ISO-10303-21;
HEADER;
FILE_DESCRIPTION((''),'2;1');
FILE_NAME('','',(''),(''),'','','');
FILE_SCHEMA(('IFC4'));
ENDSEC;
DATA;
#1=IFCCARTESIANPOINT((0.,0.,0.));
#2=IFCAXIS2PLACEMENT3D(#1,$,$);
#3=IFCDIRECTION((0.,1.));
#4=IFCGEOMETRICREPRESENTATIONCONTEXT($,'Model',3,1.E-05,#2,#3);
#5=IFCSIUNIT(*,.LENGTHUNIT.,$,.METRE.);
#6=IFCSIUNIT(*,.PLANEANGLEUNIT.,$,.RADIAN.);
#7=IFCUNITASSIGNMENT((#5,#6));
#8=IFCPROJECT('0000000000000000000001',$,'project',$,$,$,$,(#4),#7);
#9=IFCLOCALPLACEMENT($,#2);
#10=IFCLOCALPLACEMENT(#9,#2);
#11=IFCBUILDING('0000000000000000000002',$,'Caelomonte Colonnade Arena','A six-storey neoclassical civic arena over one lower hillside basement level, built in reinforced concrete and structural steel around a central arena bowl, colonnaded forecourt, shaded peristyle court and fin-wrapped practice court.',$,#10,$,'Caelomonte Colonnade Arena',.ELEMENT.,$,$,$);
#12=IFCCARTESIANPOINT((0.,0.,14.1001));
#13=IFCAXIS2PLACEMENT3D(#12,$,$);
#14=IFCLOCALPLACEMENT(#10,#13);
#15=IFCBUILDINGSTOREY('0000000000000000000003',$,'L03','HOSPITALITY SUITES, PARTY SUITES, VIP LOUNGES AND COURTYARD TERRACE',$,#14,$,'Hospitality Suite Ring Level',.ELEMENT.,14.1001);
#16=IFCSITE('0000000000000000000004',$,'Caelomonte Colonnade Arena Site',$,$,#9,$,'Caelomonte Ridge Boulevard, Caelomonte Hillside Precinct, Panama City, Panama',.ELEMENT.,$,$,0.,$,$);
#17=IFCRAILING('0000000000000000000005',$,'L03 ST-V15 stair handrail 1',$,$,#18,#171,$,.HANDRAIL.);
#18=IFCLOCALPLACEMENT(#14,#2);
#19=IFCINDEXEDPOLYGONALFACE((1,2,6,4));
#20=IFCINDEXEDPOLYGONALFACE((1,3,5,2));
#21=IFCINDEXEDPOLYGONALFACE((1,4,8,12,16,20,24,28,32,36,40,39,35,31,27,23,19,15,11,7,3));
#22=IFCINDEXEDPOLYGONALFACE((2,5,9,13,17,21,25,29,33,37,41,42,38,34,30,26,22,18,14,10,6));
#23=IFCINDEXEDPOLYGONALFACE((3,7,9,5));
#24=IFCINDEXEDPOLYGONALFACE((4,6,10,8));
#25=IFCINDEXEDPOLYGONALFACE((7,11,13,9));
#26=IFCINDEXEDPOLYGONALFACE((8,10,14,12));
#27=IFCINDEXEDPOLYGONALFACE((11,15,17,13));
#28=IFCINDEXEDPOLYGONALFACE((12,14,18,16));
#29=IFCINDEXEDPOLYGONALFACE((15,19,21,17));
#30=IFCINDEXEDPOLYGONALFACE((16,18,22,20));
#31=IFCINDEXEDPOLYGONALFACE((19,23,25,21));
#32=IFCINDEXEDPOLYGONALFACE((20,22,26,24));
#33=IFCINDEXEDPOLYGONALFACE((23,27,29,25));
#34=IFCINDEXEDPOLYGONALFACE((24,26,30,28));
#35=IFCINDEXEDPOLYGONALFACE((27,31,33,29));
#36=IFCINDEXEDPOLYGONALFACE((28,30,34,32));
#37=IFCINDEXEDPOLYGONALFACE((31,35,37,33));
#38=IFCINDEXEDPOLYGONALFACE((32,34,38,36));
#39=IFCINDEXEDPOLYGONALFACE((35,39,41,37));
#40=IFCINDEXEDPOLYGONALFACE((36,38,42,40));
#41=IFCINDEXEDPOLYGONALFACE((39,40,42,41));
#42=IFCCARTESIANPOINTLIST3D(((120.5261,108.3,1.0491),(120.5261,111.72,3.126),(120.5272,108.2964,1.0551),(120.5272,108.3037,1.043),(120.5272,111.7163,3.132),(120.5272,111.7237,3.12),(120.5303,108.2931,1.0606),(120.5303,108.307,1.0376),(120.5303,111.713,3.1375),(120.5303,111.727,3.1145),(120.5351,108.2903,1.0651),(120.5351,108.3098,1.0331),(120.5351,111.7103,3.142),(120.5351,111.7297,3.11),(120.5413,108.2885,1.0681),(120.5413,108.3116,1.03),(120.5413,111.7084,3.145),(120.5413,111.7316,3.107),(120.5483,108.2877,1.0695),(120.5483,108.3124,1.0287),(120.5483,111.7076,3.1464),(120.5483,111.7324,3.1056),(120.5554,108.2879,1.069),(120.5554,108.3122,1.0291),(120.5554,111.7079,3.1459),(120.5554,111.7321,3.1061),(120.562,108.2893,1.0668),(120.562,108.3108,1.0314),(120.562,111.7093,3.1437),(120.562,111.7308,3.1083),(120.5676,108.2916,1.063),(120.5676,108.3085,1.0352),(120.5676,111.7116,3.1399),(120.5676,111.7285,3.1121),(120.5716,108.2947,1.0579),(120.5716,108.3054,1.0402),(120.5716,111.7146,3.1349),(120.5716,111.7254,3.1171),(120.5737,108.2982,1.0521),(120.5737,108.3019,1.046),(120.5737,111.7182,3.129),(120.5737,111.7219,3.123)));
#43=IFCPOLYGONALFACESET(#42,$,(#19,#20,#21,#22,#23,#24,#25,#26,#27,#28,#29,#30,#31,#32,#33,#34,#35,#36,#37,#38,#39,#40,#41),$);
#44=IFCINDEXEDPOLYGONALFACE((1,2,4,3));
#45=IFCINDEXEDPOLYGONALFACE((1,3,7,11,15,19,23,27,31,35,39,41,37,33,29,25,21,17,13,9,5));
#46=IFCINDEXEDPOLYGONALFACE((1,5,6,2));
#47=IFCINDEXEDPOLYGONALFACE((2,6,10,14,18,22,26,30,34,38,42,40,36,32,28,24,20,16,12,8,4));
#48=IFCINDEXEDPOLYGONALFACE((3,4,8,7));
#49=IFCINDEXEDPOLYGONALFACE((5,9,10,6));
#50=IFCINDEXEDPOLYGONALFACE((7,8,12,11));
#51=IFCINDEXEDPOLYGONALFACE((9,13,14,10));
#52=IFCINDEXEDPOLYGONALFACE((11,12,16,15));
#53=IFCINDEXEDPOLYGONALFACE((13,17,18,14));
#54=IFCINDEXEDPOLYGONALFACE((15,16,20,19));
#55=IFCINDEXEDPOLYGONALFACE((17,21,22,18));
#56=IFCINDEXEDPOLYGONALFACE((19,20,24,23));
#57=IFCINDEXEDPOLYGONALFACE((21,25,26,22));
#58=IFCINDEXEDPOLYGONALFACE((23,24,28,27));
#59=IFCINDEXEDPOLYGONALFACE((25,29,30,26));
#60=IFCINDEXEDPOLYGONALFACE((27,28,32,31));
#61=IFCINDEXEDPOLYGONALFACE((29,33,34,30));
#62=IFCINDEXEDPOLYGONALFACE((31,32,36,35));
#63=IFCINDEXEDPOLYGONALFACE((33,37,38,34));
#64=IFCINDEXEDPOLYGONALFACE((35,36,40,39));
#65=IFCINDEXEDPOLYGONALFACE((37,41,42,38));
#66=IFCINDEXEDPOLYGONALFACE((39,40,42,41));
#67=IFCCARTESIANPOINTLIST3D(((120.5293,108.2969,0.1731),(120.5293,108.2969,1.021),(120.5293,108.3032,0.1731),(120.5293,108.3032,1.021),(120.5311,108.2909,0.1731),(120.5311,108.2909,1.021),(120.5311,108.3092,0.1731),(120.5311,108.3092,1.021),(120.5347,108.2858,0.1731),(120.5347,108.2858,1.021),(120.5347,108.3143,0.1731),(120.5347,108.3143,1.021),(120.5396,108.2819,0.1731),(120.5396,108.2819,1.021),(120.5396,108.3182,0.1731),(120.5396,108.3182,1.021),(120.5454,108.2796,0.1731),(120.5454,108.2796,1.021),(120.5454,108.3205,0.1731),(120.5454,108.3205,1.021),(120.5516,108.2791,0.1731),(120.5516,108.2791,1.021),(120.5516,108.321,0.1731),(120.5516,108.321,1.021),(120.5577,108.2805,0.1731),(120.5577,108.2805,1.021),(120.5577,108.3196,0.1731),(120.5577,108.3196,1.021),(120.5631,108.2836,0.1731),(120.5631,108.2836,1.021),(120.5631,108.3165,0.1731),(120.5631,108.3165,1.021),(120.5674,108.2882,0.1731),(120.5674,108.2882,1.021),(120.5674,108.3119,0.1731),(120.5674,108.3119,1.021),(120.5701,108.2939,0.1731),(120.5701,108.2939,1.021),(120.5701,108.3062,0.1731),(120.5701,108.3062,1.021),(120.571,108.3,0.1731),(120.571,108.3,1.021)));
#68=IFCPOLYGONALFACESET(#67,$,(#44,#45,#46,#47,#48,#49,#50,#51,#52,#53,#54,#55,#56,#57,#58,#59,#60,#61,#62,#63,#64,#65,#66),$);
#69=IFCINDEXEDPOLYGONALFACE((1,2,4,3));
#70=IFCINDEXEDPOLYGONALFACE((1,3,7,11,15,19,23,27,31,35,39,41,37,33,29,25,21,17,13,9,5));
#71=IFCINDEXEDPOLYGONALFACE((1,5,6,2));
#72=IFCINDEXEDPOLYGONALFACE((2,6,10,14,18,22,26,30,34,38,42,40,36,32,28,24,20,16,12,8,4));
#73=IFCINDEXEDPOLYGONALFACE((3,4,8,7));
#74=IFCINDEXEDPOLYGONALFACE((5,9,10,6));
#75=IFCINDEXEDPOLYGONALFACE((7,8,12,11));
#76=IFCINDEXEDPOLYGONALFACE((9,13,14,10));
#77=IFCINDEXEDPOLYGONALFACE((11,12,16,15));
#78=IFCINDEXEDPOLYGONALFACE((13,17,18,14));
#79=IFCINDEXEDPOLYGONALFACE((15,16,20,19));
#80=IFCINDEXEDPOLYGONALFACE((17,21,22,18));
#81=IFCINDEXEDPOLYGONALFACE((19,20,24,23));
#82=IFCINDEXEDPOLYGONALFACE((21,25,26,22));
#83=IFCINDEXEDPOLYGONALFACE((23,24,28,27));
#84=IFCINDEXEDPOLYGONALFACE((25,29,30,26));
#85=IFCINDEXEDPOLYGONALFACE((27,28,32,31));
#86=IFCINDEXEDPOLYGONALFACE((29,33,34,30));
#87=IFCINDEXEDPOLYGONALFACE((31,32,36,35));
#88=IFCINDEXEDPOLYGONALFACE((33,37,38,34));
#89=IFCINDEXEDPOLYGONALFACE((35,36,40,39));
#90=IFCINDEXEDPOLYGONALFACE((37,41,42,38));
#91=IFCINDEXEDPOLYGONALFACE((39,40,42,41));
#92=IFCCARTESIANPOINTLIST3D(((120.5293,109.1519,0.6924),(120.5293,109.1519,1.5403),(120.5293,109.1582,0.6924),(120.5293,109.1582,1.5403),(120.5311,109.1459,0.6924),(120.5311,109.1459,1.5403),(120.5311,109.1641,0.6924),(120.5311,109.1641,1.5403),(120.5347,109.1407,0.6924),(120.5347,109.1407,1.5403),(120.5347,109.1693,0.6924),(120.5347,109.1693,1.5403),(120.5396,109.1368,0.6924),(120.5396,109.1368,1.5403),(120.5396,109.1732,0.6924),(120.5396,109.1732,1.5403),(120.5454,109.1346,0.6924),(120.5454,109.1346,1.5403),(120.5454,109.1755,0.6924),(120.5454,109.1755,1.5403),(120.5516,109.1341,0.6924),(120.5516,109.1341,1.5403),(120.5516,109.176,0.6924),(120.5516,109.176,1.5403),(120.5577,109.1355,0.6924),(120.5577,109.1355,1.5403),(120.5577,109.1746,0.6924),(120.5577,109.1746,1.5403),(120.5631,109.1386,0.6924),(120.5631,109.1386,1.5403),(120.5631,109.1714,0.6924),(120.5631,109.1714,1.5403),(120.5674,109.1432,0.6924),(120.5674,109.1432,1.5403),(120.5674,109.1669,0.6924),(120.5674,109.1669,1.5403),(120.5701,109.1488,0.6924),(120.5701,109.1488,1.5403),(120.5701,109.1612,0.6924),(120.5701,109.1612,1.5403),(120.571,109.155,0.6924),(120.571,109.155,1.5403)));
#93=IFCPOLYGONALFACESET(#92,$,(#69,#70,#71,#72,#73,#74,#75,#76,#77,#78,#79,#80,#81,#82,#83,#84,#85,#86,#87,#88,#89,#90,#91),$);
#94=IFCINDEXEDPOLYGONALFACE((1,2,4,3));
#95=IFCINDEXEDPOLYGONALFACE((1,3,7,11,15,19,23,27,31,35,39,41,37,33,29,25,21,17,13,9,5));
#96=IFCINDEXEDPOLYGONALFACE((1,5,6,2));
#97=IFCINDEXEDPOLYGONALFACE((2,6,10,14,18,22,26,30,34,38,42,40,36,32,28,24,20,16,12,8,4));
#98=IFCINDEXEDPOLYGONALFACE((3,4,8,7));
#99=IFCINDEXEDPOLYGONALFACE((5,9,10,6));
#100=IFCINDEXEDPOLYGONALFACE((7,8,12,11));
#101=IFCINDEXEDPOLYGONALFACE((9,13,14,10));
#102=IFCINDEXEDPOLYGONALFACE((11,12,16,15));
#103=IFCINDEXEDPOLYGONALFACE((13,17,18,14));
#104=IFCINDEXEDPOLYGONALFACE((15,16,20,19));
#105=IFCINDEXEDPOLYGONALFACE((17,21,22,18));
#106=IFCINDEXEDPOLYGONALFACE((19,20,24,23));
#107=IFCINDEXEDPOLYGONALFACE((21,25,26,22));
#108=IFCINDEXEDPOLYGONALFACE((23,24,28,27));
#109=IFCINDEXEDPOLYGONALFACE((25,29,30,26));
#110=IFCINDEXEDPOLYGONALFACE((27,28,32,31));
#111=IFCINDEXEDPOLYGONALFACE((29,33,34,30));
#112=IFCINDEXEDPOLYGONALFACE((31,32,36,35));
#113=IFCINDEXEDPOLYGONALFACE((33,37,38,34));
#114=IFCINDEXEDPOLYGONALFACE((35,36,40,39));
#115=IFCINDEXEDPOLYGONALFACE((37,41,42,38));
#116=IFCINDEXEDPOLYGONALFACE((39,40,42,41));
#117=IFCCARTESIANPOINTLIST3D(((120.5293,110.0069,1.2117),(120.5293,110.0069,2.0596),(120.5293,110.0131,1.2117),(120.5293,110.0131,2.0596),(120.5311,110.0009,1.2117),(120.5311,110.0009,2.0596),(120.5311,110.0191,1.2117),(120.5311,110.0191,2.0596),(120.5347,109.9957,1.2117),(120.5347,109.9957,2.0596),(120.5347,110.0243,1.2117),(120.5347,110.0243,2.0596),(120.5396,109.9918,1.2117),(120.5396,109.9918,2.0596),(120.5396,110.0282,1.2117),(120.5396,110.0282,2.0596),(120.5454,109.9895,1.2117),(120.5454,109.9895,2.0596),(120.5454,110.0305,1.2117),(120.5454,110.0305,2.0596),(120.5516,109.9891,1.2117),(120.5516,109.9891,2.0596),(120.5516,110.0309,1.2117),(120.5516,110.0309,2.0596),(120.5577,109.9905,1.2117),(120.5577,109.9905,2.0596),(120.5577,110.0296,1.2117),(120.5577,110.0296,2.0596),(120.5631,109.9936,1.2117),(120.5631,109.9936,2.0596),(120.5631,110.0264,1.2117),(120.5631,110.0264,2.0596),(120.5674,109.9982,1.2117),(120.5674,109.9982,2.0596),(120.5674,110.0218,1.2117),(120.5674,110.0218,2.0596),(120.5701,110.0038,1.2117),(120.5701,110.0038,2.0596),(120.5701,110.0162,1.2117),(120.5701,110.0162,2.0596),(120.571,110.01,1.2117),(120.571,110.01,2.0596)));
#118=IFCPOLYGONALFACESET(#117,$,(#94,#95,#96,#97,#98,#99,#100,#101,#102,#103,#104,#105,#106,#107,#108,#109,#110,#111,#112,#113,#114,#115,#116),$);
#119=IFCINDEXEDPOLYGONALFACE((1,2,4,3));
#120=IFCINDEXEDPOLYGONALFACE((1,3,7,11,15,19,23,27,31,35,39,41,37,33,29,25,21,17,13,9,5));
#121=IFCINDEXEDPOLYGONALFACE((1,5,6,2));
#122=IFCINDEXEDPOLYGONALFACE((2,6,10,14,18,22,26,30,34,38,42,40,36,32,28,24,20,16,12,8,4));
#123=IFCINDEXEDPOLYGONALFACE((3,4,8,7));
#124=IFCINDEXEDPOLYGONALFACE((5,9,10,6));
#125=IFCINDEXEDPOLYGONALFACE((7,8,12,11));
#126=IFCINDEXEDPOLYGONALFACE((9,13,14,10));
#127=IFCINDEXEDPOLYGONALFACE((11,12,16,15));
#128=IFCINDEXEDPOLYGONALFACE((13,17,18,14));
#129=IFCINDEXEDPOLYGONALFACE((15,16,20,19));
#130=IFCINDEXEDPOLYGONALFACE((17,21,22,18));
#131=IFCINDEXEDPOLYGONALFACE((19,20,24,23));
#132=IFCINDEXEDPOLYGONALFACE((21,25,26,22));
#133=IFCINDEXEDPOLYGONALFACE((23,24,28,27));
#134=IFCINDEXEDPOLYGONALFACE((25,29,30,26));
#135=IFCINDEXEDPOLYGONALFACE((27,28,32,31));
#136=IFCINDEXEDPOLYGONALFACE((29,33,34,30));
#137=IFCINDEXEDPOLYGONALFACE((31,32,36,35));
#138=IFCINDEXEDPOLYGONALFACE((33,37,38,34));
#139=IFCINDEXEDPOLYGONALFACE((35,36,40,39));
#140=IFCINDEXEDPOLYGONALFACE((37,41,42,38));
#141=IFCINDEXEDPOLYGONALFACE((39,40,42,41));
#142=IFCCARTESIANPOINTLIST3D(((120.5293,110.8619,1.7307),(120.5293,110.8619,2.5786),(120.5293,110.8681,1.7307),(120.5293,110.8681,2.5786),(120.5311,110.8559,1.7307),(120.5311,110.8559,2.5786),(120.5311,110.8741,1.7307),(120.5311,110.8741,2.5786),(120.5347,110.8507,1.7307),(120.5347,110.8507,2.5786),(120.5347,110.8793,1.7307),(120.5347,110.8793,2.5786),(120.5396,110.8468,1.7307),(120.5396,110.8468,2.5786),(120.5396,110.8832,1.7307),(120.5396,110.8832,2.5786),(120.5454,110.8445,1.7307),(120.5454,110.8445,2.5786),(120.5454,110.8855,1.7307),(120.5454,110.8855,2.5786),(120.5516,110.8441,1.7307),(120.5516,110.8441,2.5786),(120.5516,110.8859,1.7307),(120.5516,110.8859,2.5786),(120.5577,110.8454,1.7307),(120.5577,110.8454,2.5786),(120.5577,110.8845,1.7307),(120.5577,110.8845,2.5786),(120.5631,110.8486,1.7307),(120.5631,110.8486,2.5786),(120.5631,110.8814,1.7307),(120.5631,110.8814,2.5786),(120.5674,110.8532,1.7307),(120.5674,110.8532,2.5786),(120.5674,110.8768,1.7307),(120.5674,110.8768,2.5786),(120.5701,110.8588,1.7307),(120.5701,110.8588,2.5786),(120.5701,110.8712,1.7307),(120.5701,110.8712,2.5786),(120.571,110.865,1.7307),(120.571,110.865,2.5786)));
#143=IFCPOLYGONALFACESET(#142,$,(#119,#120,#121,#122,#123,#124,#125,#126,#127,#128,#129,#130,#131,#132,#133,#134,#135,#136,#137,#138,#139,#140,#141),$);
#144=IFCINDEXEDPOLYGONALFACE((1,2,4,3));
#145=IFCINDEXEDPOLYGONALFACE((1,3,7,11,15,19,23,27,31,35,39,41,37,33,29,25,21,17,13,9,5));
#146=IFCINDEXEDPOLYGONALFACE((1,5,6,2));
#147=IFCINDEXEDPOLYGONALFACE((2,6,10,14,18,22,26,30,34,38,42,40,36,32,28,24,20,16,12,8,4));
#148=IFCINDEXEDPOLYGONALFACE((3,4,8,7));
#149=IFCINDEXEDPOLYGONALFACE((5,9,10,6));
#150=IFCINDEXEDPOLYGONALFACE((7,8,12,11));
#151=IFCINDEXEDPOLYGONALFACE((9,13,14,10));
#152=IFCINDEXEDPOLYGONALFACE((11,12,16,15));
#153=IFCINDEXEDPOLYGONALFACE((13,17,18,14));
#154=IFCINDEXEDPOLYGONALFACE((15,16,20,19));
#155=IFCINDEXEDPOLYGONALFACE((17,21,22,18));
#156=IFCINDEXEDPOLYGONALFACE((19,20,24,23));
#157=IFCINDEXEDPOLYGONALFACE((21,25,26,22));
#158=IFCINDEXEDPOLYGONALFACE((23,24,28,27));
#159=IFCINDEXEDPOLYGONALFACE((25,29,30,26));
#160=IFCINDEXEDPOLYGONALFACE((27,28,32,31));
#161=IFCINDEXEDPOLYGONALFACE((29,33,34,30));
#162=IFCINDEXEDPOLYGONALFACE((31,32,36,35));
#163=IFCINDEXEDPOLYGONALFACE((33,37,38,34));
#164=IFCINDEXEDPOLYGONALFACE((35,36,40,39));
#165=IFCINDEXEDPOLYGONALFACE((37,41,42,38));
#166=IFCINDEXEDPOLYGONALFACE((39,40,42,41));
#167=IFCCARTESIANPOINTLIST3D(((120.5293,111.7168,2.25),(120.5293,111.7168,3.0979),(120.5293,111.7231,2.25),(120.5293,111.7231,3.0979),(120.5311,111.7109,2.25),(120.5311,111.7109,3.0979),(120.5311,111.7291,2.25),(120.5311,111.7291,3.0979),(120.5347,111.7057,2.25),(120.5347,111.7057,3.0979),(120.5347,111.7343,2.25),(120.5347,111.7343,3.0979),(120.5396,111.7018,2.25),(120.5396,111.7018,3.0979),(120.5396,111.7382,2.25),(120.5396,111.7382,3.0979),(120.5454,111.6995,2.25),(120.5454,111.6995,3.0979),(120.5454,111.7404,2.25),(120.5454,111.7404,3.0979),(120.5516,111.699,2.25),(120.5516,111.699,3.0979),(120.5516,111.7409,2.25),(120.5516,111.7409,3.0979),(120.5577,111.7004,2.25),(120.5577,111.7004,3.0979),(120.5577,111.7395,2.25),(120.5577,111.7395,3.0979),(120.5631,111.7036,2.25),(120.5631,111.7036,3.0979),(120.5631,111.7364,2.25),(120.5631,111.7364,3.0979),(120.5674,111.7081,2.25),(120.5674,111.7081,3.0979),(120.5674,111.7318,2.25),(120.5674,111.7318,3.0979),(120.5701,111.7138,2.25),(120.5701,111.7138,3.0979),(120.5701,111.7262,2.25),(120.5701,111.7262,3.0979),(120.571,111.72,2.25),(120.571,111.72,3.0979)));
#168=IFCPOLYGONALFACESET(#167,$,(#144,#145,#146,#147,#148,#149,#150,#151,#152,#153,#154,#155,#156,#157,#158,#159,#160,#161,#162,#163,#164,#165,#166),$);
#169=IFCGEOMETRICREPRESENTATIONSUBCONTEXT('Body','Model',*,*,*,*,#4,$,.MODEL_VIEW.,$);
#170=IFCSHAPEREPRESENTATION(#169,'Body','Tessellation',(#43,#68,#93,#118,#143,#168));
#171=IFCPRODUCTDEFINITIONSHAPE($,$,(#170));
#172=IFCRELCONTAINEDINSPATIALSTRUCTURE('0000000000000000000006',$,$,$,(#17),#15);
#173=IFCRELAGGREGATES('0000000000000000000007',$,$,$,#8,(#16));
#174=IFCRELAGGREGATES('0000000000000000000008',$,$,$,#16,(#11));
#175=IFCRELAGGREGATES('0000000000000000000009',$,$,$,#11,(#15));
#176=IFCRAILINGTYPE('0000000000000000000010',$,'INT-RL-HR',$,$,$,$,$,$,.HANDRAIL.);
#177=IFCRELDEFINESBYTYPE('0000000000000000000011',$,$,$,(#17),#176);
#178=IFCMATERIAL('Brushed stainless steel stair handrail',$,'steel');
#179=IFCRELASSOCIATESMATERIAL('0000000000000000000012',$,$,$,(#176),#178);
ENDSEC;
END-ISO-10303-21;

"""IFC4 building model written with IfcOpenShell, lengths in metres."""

from ifc_helpers import new_model, si_unit, direction, frame, origin, origin_2d, place, context, subcontext, project, spatial, circle, extrude, material, type_object, element, save


model = new_model("IFC4")

# Units and contexts
model_context = context("Model", 3, precision=1e-05, world=origin(), true_north=direction((0.0, 1.0)))
body_context = subcontext(model_context, "Body", "Model", "MODEL_VIEW")
ifc_project = project(units=[si_unit("LENGTHUNIT", "METRE"), si_unit("PLANEANGLEUNIT", "RADIAN")], contexts=[model_context])

# Site, building, storey
site_placement = place(None, origin())
site = spatial("IfcSite", under=ifc_project, at=site_placement, Name="Caelomonte Colonnade Arena Site", LongName="Caelomonte Ridge Boulevard, Caelomonte Hillside Precinct, Panama City, Panama", CompositionType="ELEMENT", RefElevation=0.0)
building_placement = place(site_placement, origin())
building = spatial("IfcBuilding", under=site, at=building_placement, Name="Caelomonte Colonnade Arena", Description="A six-storey neoclassical civic arena over one lower hillside basement level, built in reinforced concrete and structural steel around a central arena bowl, colonnaded forecourt, shaded peristyle court and fin-wrapped practice court.", LongName="Caelomonte Colonnade Arena", CompositionType="ELEMENT")
storey_placement = place(building_placement, frame((0.0, 0.0, 14.1001)))
storey = spatial("IfcBuildingStorey", under=building, at=storey_placement, Name="L03", Description="HOSPITALITY SUITES, PARTY SUITES, VIP LOUNGES AND COURTYARD TERRACE", LongName="Hospitality Suite Ring Level", CompositionType="ELEMENT", Elevation=14.1001)

# Railing
ifc_material_1 = material(Name="Brushed stainless steel stair handrail", Category="steel")
railing_type_1 = type_object("IfcRailingType", Name="INT-RL-HR", PredefinedType="HANDRAIL", material=ifc_material_1)
railing_1_placement = place(storey_placement, frame((120.55, 108.3, 0.1731)))
element("IfcRailing", 1, at=railing_1_placement, inside=storey, type_object=railing_type_1, Name="L03 ST-V15 stair handrail 1", PredefinedType="HANDRAIL", context=body_context, shape_type="SweptSolid", body=[
    extrude(circle(Radius=0.0239, at=origin_2d()), frame((0.0, 0.0, 0.876), z_axis=(0.0, 0.85473, 0.519074), x_axis=(-1.0, 0.0, 0.0)), (0.0, 0.0, 1.0), 4.0012),
    extrude(circle(Radius=0.021, at=origin_2d()), origin(), (0.0, 0.0, 1.0), 0.8479),
    extrude(circle(Radius=0.021, at=origin_2d()), frame((0.0, 0.855, 0.5193)), (0.0, 0.0, 1.0), 0.8479),
    extrude(circle(Radius=0.021, at=origin_2d()), frame((0.0, 1.71, 1.0386)), (0.0, 0.0, 1.0), 0.8479),
    extrude(circle(Radius=0.021, at=origin_2d()), frame((0.0, 2.5649, 1.5576)), (0.0, 0.0, 1.0), 0.8479),
    extrude(circle(Radius=0.021, at=origin_2d()), frame((0.0, 3.4199, 2.0769)), (0.0, 0.0, 1.0), 0.8479),
])

save(model, "model.ifc")
